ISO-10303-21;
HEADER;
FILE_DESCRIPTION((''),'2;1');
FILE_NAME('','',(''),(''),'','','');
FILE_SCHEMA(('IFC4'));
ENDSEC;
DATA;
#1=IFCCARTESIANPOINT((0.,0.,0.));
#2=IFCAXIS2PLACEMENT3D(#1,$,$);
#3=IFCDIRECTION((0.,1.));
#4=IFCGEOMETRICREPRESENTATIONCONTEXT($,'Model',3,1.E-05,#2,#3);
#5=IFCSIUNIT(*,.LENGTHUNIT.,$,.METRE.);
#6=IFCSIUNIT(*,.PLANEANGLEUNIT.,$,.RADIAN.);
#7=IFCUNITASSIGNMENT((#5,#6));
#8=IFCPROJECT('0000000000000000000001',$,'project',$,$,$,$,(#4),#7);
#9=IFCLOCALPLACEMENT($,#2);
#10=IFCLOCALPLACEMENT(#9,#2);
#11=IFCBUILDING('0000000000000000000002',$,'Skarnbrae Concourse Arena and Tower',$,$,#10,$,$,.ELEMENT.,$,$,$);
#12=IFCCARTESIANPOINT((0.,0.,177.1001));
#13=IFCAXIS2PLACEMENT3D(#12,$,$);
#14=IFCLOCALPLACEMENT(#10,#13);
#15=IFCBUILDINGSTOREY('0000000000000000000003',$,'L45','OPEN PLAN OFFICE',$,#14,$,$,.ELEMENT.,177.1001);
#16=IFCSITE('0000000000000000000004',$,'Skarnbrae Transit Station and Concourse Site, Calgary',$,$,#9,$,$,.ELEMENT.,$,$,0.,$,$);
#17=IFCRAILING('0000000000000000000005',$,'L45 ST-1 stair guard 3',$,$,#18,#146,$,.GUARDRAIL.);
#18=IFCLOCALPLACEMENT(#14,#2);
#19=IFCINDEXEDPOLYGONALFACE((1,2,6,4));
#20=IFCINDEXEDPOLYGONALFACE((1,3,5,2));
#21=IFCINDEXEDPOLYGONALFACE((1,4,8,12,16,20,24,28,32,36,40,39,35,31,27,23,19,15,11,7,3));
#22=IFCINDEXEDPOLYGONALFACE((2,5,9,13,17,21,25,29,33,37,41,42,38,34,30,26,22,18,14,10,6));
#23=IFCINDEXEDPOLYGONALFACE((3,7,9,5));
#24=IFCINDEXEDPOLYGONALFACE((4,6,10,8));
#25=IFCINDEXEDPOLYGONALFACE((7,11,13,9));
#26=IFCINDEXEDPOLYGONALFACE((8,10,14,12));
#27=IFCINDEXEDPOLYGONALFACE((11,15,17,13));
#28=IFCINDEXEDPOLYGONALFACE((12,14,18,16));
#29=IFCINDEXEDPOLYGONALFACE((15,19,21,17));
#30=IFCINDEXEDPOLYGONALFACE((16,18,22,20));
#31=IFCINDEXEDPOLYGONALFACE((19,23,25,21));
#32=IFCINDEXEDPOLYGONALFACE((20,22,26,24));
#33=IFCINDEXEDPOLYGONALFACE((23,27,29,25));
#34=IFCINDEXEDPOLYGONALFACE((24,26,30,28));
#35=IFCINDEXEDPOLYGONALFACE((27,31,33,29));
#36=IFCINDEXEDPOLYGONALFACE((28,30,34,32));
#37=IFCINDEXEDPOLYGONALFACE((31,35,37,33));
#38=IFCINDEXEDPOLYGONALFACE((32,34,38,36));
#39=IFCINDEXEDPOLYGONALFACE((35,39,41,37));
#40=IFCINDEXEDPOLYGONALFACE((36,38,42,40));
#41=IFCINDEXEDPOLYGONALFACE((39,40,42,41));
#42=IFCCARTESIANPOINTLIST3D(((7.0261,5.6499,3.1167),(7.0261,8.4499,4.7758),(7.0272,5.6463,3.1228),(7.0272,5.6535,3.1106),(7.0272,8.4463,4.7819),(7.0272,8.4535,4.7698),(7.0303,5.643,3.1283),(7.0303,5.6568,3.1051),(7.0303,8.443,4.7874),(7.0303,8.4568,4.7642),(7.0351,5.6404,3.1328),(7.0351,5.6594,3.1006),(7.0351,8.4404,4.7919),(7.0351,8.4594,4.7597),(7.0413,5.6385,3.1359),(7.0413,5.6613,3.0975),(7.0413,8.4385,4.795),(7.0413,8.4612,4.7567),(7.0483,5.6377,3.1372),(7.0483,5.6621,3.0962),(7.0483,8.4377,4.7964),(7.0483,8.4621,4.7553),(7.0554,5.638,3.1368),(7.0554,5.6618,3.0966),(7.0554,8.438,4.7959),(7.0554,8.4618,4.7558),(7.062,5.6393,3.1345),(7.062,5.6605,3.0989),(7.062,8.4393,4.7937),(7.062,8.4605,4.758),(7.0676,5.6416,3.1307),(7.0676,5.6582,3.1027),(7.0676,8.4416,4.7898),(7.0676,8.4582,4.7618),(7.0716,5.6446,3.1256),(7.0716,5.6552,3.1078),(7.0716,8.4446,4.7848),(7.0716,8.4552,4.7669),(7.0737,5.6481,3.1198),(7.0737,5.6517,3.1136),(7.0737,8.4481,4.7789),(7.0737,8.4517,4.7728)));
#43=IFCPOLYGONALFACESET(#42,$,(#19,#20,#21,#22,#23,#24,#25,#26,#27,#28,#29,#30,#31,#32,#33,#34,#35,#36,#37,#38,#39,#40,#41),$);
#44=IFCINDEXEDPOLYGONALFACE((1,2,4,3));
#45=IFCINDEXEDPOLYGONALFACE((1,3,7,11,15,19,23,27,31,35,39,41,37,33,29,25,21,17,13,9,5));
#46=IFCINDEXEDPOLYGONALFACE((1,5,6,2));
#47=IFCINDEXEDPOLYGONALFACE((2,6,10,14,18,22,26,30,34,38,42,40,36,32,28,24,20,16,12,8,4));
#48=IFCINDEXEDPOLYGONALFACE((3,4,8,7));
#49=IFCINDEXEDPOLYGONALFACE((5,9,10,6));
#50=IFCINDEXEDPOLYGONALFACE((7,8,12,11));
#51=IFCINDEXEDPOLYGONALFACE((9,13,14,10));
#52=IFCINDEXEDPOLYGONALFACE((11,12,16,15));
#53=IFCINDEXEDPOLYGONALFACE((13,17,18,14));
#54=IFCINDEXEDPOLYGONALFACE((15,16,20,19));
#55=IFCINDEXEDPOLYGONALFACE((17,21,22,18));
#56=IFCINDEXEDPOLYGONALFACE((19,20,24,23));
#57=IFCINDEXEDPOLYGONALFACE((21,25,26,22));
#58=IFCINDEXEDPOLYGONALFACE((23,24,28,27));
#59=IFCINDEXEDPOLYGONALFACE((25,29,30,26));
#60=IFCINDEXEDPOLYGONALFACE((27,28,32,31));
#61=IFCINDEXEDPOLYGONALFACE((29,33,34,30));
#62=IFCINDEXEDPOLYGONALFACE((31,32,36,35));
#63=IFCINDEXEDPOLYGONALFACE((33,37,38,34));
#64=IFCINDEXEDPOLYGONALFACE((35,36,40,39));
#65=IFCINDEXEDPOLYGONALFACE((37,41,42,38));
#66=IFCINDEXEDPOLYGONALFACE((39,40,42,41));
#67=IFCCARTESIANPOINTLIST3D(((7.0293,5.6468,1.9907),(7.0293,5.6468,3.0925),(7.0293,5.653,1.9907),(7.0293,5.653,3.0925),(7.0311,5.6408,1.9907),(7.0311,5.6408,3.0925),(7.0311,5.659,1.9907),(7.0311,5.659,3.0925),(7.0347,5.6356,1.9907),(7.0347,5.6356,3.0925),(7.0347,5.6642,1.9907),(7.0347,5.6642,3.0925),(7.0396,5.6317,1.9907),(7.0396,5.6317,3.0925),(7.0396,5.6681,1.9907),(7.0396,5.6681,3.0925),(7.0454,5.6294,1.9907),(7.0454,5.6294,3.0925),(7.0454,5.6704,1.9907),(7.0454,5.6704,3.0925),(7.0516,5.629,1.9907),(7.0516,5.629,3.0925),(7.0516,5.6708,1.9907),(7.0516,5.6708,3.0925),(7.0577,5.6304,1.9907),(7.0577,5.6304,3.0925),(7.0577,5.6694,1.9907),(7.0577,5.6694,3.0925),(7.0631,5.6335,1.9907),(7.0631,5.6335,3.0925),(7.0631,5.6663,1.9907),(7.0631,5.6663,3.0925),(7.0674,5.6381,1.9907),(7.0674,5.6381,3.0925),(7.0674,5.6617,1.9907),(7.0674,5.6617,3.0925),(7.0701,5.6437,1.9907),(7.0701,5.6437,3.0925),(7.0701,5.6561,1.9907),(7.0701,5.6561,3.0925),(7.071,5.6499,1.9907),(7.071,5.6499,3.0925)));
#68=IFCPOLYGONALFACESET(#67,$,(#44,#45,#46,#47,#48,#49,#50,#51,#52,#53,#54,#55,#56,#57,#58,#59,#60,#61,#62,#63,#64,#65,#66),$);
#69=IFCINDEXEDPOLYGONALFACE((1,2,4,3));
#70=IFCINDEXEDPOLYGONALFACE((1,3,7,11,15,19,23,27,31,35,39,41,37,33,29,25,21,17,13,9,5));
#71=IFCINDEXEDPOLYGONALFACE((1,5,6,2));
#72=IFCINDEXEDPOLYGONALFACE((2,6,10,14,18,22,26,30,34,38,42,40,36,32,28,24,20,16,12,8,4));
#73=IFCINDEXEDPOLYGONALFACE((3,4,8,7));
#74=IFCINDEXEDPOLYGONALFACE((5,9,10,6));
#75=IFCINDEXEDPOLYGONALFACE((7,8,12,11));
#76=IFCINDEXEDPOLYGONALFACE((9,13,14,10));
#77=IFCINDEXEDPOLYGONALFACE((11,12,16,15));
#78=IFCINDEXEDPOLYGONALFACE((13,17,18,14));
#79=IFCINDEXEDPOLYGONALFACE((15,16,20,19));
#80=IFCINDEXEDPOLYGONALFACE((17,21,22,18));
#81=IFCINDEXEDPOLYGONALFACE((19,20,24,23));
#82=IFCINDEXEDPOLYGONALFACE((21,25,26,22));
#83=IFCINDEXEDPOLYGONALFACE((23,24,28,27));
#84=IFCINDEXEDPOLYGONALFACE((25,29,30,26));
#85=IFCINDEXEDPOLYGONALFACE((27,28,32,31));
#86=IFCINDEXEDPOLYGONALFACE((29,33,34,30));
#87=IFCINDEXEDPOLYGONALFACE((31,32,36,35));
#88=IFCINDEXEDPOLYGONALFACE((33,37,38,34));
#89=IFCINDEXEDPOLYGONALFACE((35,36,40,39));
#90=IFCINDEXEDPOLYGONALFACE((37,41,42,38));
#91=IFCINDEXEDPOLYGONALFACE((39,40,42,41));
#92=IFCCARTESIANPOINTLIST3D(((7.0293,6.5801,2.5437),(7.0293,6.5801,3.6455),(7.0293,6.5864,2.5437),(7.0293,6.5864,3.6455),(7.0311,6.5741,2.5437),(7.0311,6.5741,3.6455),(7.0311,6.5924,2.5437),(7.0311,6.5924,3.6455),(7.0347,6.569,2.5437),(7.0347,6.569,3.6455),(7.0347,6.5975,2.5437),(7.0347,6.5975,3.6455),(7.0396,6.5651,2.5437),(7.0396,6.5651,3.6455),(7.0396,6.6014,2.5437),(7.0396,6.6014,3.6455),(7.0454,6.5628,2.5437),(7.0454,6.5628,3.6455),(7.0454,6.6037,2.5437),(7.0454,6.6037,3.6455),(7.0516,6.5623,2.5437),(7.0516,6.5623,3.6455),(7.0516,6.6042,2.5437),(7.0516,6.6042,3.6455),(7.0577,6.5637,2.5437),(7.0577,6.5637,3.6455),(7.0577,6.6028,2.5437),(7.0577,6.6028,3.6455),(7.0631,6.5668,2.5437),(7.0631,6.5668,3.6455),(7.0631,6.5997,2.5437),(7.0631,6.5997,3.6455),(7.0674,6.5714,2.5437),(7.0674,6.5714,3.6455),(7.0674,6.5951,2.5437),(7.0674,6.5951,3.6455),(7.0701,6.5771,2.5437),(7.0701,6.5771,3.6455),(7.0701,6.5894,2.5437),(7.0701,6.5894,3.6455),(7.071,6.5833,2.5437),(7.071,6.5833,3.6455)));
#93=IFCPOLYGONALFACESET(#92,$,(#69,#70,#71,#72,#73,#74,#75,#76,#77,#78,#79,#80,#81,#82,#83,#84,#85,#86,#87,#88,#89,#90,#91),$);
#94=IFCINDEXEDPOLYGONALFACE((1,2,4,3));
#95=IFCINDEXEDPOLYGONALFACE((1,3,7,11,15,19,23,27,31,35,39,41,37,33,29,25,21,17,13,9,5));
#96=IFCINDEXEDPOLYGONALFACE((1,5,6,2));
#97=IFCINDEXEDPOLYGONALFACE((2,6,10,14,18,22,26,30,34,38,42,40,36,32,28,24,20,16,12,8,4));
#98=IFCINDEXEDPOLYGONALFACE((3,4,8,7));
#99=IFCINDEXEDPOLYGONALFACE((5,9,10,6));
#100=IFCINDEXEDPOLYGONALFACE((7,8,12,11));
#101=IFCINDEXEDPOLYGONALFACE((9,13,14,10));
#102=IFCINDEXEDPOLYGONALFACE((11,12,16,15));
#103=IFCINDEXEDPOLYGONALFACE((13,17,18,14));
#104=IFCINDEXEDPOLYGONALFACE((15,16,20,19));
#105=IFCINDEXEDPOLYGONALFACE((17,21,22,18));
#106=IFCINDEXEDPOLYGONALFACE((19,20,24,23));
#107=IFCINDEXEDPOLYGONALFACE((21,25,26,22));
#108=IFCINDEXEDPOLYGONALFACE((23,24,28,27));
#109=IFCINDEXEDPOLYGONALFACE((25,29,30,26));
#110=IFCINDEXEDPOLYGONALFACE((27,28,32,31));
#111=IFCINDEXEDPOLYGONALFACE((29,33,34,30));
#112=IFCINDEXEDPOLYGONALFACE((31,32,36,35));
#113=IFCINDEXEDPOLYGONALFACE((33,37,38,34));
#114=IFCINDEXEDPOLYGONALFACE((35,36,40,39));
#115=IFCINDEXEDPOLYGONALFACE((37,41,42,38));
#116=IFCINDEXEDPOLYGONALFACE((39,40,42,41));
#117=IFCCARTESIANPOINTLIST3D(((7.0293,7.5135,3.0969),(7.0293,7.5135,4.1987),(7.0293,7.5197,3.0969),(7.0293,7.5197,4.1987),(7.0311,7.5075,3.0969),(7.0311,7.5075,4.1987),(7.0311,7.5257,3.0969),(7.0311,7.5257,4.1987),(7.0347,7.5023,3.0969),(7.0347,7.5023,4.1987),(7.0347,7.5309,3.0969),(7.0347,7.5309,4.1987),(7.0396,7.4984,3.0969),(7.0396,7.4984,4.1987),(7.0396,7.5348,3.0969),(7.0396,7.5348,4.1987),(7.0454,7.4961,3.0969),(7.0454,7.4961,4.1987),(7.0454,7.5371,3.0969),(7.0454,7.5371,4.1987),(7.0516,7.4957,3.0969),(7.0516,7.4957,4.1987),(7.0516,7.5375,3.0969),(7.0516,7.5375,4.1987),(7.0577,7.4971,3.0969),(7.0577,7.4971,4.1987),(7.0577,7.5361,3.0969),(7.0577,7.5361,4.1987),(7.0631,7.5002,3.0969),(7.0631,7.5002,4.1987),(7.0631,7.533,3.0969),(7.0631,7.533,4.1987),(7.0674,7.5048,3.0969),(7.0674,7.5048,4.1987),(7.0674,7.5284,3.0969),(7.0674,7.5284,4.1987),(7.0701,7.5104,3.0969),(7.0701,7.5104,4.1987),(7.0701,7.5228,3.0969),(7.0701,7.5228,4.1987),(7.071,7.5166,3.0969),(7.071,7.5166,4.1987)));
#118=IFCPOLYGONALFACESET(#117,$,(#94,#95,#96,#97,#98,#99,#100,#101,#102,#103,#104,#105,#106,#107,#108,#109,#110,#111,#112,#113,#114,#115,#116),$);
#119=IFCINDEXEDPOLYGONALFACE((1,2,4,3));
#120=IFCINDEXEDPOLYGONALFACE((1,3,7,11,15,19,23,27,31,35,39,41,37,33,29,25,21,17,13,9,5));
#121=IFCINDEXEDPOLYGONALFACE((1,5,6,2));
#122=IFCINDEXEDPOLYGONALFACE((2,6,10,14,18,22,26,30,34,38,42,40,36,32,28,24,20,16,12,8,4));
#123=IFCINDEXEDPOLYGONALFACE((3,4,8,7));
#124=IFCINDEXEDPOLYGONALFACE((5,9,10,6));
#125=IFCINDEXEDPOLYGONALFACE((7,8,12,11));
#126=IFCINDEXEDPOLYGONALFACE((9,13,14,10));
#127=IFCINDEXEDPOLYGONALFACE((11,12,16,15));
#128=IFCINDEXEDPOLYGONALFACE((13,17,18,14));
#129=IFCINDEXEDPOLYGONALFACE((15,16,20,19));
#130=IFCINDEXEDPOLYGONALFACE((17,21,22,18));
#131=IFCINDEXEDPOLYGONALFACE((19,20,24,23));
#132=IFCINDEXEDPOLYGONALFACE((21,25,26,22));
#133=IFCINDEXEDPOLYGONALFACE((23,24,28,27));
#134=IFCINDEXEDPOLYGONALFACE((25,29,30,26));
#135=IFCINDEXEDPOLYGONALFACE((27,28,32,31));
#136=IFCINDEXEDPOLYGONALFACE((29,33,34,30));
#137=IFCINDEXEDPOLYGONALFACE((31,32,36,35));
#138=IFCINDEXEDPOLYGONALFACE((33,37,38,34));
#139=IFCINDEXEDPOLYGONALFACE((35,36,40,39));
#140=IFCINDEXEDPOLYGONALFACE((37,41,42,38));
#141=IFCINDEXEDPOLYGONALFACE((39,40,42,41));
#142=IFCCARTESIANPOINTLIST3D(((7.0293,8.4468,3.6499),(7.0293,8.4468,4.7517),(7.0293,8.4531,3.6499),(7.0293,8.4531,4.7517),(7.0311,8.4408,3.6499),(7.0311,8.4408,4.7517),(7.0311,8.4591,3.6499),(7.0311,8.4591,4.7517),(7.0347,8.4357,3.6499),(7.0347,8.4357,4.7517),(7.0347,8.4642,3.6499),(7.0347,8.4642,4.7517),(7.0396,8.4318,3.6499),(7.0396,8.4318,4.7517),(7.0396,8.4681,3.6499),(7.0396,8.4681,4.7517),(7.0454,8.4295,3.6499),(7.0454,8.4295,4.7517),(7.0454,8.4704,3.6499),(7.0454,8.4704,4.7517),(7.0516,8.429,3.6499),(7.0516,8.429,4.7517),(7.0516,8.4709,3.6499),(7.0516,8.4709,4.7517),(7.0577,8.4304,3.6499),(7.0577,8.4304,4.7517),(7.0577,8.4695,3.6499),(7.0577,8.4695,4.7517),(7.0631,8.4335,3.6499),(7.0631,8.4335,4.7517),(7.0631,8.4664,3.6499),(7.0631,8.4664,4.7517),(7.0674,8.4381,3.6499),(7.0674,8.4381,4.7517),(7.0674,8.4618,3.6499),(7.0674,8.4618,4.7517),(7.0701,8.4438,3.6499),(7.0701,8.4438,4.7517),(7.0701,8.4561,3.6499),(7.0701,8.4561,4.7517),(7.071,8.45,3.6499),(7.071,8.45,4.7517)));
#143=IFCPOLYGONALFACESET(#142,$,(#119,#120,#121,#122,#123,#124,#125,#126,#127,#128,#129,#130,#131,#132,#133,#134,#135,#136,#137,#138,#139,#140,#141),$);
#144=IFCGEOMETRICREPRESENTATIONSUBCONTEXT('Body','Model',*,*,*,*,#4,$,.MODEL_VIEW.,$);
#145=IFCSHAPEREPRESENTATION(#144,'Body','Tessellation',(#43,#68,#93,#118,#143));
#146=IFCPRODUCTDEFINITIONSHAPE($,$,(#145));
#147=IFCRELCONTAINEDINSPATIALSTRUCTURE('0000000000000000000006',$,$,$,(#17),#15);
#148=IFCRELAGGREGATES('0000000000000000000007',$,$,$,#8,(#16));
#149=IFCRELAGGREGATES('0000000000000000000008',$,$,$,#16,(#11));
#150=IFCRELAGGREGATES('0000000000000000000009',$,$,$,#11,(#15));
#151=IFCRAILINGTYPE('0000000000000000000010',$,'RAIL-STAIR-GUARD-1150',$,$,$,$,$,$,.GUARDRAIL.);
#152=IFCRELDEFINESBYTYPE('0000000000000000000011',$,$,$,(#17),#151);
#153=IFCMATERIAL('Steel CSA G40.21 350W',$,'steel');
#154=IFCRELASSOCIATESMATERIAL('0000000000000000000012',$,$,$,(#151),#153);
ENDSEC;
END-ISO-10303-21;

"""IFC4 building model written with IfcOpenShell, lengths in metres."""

from ifc_helpers import new_model, si_unit, direction, frame, origin, origin_2d, place, context, subcontext, project, spatial, circle, extrude, material, type_object, element, save


model = new_model("IFC4")

# Units and contexts
model_context = context("Model", 3, precision=1e-05, world=origin(), true_north=direction((0.0, 1.0)))
body_context = subcontext(model_context, "Body", "Model", "MODEL_VIEW")
ifc_project = project(units=[si_unit("LENGTHUNIT", "METRE"), si_unit("PLANEANGLEUNIT", "RADIAN")], contexts=[model_context])

# Site, building, storey
site_placement = place(None, origin())
site = spatial("IfcSite", under=ifc_project, at=site_placement, Name="Skarnbrae Transit Station and Concourse Site, Calgary", CompositionType="ELEMENT", RefElevation=0.0)
building_placement = place(site_placement, origin())
building = spatial("IfcBuilding", under=site, at=building_placement, Name="Skarnbrae Concourse Arena and Tower", CompositionType="ELEMENT")
storey_placement = place(building_placement, frame((0.0, 0.0, 177.1001)))
storey = spatial("IfcBuildingStorey", under=building, at=storey_placement, Name="L45", Description="OPEN PLAN OFFICE", CompositionType="ELEMENT", Elevation=177.1001)

# Shared definitions
ifc_material_1 = material(Name="Steel CSA G40.21 350W", Category="steel")

# Railing
railing_type_1 = type_object("IfcRailingType", Name="RAIL-STAIR-GUARD-1150", PredefinedType="GUARDRAIL", material=ifc_material_1)
railing_1_placement = place(storey_placement, frame((7.05, 5.6499, 1.9907)))
element("IfcRailing", 1, at=railing_1_placement, inside=storey, type_object=railing_type_1, Name="L45 ST-1 stair guard 3", PredefinedType="GUARDRAIL", context=body_context, shape_type="SweptSolid", body=[
    extrude(circle(Radius=0.0239, at=origin_2d()), frame((0.0, 0.0, 1.126), z_axis=(0.0, 0.860306, 0.509778), x_axis=(-1.0, 0.0, 0.0)), (0.0, 0.0, 1.0), 3.2546),
    extrude(circle(Radius=0.021, at=origin_2d()), origin(), (0.0, 0.0, 1.0), 1.1018),
    extrude(circle(Radius=0.021, at=origin_2d()), frame((0.0, 0.9333, 0.553)), (0.0, 0.0, 1.0), 1.1018),
    extrude(circle(Radius=0.021, at=origin_2d()), frame((0.0, 1.8667, 1.1062)), (0.0, 0.0, 1.0), 1.1018),
    extrude(circle(Radius=0.021, at=origin_2d()), frame((0.0, 2.8, 1.6592)), (0.0, 0.0, 1.0), 1.1018),
])

save(model, "model.ifc")
